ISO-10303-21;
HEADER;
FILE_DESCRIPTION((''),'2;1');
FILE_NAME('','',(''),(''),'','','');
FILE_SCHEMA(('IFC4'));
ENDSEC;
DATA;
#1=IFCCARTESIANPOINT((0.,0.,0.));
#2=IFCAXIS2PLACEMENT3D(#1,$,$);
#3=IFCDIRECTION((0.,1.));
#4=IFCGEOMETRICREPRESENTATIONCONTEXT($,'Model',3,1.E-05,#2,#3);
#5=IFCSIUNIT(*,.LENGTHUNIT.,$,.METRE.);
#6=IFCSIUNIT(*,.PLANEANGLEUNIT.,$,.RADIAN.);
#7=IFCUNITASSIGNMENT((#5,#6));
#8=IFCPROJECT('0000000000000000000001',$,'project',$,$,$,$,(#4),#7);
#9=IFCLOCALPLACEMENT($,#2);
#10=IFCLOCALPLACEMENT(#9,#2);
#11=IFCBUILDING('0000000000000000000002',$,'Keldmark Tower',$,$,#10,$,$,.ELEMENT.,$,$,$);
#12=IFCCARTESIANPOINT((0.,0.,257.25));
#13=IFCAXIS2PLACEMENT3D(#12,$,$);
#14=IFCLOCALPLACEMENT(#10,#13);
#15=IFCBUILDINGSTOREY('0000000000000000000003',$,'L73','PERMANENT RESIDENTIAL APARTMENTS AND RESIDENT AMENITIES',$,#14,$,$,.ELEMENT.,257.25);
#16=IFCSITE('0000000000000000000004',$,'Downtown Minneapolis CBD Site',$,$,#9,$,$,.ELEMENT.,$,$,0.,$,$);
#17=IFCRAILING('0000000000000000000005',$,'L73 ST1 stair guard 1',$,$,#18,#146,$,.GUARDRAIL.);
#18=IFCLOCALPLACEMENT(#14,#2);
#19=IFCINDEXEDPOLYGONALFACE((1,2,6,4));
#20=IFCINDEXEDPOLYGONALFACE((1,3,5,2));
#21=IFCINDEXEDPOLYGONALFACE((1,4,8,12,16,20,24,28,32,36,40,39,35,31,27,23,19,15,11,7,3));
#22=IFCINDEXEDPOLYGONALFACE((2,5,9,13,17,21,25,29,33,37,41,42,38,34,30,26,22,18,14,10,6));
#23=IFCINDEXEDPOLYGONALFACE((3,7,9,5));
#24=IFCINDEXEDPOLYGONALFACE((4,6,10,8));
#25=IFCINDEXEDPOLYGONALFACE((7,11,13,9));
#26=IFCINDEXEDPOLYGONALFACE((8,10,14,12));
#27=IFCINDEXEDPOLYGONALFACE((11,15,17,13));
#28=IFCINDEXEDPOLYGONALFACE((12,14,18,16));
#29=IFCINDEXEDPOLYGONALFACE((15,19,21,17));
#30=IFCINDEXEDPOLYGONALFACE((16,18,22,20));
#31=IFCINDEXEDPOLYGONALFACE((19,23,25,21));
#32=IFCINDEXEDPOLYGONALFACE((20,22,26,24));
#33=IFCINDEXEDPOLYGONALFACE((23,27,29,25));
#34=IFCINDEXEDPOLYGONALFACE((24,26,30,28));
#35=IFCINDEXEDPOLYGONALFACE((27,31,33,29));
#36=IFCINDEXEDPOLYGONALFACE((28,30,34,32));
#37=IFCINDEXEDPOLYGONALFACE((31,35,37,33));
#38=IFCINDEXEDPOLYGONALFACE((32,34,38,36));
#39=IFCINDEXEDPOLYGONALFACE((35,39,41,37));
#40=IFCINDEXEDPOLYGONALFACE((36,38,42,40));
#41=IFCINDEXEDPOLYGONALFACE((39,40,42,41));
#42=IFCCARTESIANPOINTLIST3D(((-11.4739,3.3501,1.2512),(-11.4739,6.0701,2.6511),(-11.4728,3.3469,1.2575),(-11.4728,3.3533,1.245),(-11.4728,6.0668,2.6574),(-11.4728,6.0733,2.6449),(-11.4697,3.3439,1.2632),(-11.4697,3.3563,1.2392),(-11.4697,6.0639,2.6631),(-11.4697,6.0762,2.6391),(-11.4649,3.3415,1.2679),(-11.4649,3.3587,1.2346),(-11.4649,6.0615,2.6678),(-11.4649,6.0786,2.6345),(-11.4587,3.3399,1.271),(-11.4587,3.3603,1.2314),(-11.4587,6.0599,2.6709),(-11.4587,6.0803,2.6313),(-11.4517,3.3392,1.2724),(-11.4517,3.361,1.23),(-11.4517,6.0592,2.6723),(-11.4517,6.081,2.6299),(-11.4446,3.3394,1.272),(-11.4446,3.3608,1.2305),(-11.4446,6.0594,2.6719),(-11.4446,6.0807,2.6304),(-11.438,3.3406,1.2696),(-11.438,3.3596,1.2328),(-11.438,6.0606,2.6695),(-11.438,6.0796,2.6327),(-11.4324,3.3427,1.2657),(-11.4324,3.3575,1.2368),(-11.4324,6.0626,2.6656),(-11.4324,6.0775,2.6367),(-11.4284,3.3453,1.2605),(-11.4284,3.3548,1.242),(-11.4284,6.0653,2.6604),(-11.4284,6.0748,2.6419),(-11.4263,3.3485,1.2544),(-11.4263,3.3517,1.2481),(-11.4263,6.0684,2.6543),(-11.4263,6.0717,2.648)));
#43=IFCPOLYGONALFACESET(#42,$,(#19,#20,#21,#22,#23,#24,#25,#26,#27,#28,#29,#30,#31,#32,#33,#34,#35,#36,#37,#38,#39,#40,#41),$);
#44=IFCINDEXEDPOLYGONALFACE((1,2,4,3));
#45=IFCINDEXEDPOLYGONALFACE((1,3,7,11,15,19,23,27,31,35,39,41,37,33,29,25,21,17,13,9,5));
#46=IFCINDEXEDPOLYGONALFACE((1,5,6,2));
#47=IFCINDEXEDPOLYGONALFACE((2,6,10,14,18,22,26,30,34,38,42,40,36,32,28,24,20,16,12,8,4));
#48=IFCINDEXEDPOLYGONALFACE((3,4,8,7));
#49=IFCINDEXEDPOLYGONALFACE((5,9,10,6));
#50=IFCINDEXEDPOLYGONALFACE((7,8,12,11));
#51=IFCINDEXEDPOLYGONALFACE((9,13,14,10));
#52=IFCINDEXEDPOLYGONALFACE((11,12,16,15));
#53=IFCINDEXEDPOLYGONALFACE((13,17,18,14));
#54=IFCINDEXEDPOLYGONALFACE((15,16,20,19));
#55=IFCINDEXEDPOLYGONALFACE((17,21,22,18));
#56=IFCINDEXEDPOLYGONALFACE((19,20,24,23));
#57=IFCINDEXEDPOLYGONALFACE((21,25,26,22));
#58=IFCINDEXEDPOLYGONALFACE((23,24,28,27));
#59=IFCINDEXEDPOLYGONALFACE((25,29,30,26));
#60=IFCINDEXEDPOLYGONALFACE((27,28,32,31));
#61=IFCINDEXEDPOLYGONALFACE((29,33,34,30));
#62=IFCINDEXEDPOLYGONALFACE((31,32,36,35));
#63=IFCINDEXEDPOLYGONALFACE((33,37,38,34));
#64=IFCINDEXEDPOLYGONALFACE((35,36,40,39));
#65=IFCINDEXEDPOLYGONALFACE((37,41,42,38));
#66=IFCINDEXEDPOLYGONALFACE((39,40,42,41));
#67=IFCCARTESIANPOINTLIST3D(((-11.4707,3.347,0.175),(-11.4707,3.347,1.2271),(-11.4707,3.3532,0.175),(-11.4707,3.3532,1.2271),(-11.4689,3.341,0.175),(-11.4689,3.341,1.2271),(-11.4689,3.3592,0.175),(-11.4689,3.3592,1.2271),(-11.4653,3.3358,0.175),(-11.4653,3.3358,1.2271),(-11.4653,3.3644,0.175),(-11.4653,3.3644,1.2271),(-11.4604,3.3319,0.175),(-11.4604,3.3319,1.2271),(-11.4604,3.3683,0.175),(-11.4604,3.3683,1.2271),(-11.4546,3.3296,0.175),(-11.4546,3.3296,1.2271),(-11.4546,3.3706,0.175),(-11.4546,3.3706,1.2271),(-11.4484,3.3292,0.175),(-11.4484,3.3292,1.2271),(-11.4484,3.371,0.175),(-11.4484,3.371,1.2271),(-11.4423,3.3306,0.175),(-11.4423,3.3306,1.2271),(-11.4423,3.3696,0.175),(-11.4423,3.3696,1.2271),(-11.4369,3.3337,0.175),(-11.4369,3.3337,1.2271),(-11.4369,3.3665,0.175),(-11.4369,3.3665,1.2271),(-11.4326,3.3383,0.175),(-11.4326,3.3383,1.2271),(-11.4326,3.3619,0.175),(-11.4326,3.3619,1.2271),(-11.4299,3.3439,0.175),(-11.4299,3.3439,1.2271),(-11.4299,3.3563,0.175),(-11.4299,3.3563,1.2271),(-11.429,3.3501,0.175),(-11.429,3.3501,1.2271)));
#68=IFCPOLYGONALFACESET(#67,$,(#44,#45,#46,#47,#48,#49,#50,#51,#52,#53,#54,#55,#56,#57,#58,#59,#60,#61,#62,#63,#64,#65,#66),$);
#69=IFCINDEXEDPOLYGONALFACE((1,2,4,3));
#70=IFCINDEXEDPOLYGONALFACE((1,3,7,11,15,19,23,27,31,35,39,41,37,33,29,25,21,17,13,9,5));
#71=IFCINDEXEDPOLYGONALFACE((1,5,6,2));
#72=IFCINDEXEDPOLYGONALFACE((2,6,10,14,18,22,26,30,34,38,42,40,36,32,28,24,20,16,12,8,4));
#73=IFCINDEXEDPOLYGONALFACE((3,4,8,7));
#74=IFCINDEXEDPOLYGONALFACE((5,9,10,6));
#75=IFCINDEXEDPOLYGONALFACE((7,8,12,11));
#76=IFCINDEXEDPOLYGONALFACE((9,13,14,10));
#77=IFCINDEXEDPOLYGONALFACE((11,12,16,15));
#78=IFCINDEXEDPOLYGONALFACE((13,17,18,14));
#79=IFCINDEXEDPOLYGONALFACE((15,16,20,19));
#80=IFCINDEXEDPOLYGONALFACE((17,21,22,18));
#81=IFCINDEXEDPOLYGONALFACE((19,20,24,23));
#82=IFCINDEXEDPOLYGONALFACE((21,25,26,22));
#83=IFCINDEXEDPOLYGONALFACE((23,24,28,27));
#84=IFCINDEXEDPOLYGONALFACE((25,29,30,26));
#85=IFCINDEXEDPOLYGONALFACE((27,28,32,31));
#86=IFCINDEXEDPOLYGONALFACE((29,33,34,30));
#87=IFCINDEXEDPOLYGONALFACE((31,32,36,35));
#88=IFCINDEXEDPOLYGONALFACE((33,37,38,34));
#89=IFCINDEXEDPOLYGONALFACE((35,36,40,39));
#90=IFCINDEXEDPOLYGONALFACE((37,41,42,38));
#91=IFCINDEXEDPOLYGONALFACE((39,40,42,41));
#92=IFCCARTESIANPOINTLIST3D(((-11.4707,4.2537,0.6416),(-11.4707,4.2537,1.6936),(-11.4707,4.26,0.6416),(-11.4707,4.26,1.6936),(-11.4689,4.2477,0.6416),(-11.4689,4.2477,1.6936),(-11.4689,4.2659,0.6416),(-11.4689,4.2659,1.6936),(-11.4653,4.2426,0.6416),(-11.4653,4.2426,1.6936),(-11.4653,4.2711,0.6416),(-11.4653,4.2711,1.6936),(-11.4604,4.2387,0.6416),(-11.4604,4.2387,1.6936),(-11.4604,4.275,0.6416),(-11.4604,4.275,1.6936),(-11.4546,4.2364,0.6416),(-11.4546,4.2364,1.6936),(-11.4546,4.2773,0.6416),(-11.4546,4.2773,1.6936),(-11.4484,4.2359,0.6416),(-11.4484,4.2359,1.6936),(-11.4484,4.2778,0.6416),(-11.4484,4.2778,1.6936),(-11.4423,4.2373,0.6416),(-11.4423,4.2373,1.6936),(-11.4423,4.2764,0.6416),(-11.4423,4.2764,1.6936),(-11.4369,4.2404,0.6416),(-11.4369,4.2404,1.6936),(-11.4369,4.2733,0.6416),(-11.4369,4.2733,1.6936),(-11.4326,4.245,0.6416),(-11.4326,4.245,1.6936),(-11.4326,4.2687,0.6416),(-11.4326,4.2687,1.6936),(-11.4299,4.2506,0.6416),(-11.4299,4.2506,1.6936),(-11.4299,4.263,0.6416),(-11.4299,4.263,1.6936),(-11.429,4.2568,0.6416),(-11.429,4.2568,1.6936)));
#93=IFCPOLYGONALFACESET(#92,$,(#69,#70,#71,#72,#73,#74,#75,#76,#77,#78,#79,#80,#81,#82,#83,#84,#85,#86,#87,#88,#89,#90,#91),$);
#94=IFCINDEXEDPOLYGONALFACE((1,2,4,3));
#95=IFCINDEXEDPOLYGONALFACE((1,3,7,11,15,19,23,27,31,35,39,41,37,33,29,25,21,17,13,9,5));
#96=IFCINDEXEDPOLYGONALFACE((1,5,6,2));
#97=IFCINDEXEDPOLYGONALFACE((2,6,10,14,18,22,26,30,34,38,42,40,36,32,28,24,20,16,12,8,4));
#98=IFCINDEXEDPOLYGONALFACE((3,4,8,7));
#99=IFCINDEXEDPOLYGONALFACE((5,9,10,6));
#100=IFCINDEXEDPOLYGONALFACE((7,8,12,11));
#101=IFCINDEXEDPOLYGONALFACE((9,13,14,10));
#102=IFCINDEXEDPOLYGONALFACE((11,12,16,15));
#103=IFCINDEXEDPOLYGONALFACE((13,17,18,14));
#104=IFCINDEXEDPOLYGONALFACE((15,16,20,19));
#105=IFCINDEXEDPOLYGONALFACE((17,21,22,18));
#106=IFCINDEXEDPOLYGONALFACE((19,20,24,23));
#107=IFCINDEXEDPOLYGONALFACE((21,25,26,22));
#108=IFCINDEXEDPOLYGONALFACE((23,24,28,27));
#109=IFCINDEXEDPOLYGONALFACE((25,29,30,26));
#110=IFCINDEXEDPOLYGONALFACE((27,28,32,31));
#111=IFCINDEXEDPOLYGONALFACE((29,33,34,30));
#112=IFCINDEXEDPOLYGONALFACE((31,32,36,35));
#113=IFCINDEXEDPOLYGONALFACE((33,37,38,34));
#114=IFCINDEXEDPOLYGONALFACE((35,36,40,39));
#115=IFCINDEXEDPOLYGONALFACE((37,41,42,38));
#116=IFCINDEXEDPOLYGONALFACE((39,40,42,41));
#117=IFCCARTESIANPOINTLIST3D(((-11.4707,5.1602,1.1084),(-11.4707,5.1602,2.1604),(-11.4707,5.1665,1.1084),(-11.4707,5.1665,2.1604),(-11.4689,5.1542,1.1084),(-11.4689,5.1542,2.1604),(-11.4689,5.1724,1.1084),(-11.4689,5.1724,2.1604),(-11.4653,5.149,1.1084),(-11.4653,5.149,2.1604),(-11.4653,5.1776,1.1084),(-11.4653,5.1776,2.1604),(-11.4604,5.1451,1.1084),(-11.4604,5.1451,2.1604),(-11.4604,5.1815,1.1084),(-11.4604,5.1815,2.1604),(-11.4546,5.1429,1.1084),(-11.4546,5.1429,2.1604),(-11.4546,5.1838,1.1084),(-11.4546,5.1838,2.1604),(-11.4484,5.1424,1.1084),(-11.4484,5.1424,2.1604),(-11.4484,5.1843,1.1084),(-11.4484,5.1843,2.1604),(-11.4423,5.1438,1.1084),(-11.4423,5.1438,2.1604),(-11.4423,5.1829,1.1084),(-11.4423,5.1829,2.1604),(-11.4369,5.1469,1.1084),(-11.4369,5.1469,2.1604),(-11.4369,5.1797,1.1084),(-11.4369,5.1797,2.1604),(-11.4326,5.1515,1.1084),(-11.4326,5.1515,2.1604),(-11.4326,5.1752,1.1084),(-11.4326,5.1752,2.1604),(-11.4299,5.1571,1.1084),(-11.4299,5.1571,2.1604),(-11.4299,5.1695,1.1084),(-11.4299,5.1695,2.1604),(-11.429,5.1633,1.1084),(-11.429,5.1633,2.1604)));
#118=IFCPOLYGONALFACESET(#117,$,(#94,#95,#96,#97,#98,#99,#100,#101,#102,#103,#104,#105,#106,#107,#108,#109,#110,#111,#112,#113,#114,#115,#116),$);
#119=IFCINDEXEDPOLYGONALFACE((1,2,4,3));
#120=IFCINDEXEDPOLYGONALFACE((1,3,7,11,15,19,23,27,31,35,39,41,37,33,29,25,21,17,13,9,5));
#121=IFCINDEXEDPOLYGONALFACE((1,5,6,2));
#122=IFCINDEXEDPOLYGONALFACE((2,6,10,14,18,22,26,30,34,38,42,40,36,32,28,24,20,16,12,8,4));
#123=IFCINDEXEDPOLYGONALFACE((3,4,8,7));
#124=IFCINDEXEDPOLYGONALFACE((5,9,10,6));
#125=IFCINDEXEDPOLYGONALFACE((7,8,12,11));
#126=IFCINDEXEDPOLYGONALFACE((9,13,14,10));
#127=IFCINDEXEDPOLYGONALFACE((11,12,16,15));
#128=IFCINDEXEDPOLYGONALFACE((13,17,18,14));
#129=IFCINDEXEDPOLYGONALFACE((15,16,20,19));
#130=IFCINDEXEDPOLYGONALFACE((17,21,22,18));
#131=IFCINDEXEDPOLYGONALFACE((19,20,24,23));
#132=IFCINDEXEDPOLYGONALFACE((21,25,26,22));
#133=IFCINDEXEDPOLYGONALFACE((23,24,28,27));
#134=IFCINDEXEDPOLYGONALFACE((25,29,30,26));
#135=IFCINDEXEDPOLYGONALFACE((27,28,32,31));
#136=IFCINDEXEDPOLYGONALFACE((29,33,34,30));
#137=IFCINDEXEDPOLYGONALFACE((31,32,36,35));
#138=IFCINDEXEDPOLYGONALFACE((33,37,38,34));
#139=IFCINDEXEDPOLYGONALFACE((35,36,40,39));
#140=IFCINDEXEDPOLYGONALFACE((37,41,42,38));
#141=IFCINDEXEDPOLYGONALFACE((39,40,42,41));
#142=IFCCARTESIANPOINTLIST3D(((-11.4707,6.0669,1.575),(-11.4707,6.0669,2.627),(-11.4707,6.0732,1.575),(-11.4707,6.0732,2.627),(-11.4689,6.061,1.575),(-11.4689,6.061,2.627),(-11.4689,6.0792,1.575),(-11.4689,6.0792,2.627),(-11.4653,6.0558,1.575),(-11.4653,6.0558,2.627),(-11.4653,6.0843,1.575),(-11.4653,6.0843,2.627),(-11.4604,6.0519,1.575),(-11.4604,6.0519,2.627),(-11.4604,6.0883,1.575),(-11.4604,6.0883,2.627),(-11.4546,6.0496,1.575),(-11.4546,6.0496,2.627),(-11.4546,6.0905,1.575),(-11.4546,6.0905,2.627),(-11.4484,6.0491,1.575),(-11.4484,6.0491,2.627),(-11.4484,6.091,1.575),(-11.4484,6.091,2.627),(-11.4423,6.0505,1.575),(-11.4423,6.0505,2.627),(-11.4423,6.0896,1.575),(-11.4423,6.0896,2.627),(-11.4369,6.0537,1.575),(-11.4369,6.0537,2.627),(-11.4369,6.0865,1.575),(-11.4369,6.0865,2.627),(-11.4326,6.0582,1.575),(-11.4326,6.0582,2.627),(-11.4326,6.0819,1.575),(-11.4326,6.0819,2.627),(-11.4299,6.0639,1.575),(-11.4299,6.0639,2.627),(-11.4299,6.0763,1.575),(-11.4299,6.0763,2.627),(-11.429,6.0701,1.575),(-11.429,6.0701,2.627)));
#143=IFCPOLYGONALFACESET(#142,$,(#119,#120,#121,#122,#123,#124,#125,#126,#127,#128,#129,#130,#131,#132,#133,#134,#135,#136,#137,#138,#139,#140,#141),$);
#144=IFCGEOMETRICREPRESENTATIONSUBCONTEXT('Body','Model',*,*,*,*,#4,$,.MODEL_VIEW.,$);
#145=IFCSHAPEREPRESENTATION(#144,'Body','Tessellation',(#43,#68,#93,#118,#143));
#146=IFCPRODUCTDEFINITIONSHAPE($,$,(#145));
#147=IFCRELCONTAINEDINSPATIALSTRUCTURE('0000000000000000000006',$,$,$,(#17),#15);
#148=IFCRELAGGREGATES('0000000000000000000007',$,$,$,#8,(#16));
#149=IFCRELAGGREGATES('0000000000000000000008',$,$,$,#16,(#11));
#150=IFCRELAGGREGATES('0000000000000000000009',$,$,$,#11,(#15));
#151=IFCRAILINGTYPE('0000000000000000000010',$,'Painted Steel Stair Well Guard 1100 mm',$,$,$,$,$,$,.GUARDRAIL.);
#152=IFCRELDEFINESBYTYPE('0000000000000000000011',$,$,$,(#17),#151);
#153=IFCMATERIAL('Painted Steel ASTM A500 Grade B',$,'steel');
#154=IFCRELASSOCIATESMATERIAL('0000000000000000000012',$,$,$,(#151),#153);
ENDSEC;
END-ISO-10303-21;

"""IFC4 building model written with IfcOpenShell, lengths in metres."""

from ifc_helpers import new_model, si_unit, direction, frame, origin, origin_2d, place, context, subcontext, project, spatial, circle, extrude, material, type_object, element, save


model = new_model("IFC4")

# Units and contexts
model_context = context("Model", 3, precision=1e-05, world=origin(), true_north=direction((0.0, 1.0)))
body_context = subcontext(model_context, "Body", "Model", "MODEL_VIEW")
ifc_project = project(units=[si_unit("LENGTHUNIT", "METRE"), si_unit("PLANEANGLEUNIT", "RADIAN")], contexts=[model_context])

# Site, building, storey
site_placement = place(None, origin())
site = spatial("IfcSite", under=ifc_project, at=site_placement, Name="Downtown Minneapolis CBD Site", CompositionType="ELEMENT", RefElevation=0.0)
building_placement = place(site_placement, origin())
building = spatial("IfcBuilding", under=site, at=building_placement, Name="Keldmark Tower", CompositionType="ELEMENT")
storey_placement = place(building_placement, frame((0.0, 0.0, 257.25)))
storey = spatial("IfcBuildingStorey", under=building, at=storey_placement, Name="L73", Description="PERMANENT RESIDENTIAL APARTMENTS AND RESIDENT AMENITIES", CompositionType="ELEMENT", Elevation=257.25)

# Railing
ifc_material_1 = material(Name="Painted Steel ASTM A500 Grade B", Category="steel")
railing_type_1 = type_object("IfcRailingType", Name="Painted Steel Stair Well Guard 1100 mm", PredefinedType="GUARDRAIL", material=ifc_material_1)
railing_1_placement = place(storey_placement, frame((-11.45, 3.3501, 0.175)))
element("IfcRailing", 1, at=railing_1_placement, inside=storey, type_object=railing_type_1, Name="L73 ST1 stair guard 1", PredefinedType="GUARDRAIL", context=body_context, shape_type="SweptSolid", body=[
    extrude(circle(Radius=0.0239, at=origin_2d()), frame((0.0, 0.0, 1.0762), z_axis=(0.0, 0.889147, 0.457622), x_axis=(-1.0, 0.0, 0.0)), (0.0, 0.0, 1.0), 3.0591),
    extrude(circle(Radius=0.021, at=origin_2d()), origin(), (0.0, 0.0, 1.0), 1.052),
    extrude(circle(Radius=0.021, at=origin_2d()), frame((0.0, 0.9067, 0.4666)), (0.0, 0.0, 1.0), 1.052),
    extrude(circle(Radius=0.021, at=origin_2d()), frame((0.0, 1.8132, 0.9333)), (0.0, 0.0, 1.0), 1.052),
    extrude(circle(Radius=0.021, at=origin_2d()), frame((0.0, 2.72, 1.3999)), (0.0, 0.0, 1.0), 1.052),
])

save(model, "model.ifc")
